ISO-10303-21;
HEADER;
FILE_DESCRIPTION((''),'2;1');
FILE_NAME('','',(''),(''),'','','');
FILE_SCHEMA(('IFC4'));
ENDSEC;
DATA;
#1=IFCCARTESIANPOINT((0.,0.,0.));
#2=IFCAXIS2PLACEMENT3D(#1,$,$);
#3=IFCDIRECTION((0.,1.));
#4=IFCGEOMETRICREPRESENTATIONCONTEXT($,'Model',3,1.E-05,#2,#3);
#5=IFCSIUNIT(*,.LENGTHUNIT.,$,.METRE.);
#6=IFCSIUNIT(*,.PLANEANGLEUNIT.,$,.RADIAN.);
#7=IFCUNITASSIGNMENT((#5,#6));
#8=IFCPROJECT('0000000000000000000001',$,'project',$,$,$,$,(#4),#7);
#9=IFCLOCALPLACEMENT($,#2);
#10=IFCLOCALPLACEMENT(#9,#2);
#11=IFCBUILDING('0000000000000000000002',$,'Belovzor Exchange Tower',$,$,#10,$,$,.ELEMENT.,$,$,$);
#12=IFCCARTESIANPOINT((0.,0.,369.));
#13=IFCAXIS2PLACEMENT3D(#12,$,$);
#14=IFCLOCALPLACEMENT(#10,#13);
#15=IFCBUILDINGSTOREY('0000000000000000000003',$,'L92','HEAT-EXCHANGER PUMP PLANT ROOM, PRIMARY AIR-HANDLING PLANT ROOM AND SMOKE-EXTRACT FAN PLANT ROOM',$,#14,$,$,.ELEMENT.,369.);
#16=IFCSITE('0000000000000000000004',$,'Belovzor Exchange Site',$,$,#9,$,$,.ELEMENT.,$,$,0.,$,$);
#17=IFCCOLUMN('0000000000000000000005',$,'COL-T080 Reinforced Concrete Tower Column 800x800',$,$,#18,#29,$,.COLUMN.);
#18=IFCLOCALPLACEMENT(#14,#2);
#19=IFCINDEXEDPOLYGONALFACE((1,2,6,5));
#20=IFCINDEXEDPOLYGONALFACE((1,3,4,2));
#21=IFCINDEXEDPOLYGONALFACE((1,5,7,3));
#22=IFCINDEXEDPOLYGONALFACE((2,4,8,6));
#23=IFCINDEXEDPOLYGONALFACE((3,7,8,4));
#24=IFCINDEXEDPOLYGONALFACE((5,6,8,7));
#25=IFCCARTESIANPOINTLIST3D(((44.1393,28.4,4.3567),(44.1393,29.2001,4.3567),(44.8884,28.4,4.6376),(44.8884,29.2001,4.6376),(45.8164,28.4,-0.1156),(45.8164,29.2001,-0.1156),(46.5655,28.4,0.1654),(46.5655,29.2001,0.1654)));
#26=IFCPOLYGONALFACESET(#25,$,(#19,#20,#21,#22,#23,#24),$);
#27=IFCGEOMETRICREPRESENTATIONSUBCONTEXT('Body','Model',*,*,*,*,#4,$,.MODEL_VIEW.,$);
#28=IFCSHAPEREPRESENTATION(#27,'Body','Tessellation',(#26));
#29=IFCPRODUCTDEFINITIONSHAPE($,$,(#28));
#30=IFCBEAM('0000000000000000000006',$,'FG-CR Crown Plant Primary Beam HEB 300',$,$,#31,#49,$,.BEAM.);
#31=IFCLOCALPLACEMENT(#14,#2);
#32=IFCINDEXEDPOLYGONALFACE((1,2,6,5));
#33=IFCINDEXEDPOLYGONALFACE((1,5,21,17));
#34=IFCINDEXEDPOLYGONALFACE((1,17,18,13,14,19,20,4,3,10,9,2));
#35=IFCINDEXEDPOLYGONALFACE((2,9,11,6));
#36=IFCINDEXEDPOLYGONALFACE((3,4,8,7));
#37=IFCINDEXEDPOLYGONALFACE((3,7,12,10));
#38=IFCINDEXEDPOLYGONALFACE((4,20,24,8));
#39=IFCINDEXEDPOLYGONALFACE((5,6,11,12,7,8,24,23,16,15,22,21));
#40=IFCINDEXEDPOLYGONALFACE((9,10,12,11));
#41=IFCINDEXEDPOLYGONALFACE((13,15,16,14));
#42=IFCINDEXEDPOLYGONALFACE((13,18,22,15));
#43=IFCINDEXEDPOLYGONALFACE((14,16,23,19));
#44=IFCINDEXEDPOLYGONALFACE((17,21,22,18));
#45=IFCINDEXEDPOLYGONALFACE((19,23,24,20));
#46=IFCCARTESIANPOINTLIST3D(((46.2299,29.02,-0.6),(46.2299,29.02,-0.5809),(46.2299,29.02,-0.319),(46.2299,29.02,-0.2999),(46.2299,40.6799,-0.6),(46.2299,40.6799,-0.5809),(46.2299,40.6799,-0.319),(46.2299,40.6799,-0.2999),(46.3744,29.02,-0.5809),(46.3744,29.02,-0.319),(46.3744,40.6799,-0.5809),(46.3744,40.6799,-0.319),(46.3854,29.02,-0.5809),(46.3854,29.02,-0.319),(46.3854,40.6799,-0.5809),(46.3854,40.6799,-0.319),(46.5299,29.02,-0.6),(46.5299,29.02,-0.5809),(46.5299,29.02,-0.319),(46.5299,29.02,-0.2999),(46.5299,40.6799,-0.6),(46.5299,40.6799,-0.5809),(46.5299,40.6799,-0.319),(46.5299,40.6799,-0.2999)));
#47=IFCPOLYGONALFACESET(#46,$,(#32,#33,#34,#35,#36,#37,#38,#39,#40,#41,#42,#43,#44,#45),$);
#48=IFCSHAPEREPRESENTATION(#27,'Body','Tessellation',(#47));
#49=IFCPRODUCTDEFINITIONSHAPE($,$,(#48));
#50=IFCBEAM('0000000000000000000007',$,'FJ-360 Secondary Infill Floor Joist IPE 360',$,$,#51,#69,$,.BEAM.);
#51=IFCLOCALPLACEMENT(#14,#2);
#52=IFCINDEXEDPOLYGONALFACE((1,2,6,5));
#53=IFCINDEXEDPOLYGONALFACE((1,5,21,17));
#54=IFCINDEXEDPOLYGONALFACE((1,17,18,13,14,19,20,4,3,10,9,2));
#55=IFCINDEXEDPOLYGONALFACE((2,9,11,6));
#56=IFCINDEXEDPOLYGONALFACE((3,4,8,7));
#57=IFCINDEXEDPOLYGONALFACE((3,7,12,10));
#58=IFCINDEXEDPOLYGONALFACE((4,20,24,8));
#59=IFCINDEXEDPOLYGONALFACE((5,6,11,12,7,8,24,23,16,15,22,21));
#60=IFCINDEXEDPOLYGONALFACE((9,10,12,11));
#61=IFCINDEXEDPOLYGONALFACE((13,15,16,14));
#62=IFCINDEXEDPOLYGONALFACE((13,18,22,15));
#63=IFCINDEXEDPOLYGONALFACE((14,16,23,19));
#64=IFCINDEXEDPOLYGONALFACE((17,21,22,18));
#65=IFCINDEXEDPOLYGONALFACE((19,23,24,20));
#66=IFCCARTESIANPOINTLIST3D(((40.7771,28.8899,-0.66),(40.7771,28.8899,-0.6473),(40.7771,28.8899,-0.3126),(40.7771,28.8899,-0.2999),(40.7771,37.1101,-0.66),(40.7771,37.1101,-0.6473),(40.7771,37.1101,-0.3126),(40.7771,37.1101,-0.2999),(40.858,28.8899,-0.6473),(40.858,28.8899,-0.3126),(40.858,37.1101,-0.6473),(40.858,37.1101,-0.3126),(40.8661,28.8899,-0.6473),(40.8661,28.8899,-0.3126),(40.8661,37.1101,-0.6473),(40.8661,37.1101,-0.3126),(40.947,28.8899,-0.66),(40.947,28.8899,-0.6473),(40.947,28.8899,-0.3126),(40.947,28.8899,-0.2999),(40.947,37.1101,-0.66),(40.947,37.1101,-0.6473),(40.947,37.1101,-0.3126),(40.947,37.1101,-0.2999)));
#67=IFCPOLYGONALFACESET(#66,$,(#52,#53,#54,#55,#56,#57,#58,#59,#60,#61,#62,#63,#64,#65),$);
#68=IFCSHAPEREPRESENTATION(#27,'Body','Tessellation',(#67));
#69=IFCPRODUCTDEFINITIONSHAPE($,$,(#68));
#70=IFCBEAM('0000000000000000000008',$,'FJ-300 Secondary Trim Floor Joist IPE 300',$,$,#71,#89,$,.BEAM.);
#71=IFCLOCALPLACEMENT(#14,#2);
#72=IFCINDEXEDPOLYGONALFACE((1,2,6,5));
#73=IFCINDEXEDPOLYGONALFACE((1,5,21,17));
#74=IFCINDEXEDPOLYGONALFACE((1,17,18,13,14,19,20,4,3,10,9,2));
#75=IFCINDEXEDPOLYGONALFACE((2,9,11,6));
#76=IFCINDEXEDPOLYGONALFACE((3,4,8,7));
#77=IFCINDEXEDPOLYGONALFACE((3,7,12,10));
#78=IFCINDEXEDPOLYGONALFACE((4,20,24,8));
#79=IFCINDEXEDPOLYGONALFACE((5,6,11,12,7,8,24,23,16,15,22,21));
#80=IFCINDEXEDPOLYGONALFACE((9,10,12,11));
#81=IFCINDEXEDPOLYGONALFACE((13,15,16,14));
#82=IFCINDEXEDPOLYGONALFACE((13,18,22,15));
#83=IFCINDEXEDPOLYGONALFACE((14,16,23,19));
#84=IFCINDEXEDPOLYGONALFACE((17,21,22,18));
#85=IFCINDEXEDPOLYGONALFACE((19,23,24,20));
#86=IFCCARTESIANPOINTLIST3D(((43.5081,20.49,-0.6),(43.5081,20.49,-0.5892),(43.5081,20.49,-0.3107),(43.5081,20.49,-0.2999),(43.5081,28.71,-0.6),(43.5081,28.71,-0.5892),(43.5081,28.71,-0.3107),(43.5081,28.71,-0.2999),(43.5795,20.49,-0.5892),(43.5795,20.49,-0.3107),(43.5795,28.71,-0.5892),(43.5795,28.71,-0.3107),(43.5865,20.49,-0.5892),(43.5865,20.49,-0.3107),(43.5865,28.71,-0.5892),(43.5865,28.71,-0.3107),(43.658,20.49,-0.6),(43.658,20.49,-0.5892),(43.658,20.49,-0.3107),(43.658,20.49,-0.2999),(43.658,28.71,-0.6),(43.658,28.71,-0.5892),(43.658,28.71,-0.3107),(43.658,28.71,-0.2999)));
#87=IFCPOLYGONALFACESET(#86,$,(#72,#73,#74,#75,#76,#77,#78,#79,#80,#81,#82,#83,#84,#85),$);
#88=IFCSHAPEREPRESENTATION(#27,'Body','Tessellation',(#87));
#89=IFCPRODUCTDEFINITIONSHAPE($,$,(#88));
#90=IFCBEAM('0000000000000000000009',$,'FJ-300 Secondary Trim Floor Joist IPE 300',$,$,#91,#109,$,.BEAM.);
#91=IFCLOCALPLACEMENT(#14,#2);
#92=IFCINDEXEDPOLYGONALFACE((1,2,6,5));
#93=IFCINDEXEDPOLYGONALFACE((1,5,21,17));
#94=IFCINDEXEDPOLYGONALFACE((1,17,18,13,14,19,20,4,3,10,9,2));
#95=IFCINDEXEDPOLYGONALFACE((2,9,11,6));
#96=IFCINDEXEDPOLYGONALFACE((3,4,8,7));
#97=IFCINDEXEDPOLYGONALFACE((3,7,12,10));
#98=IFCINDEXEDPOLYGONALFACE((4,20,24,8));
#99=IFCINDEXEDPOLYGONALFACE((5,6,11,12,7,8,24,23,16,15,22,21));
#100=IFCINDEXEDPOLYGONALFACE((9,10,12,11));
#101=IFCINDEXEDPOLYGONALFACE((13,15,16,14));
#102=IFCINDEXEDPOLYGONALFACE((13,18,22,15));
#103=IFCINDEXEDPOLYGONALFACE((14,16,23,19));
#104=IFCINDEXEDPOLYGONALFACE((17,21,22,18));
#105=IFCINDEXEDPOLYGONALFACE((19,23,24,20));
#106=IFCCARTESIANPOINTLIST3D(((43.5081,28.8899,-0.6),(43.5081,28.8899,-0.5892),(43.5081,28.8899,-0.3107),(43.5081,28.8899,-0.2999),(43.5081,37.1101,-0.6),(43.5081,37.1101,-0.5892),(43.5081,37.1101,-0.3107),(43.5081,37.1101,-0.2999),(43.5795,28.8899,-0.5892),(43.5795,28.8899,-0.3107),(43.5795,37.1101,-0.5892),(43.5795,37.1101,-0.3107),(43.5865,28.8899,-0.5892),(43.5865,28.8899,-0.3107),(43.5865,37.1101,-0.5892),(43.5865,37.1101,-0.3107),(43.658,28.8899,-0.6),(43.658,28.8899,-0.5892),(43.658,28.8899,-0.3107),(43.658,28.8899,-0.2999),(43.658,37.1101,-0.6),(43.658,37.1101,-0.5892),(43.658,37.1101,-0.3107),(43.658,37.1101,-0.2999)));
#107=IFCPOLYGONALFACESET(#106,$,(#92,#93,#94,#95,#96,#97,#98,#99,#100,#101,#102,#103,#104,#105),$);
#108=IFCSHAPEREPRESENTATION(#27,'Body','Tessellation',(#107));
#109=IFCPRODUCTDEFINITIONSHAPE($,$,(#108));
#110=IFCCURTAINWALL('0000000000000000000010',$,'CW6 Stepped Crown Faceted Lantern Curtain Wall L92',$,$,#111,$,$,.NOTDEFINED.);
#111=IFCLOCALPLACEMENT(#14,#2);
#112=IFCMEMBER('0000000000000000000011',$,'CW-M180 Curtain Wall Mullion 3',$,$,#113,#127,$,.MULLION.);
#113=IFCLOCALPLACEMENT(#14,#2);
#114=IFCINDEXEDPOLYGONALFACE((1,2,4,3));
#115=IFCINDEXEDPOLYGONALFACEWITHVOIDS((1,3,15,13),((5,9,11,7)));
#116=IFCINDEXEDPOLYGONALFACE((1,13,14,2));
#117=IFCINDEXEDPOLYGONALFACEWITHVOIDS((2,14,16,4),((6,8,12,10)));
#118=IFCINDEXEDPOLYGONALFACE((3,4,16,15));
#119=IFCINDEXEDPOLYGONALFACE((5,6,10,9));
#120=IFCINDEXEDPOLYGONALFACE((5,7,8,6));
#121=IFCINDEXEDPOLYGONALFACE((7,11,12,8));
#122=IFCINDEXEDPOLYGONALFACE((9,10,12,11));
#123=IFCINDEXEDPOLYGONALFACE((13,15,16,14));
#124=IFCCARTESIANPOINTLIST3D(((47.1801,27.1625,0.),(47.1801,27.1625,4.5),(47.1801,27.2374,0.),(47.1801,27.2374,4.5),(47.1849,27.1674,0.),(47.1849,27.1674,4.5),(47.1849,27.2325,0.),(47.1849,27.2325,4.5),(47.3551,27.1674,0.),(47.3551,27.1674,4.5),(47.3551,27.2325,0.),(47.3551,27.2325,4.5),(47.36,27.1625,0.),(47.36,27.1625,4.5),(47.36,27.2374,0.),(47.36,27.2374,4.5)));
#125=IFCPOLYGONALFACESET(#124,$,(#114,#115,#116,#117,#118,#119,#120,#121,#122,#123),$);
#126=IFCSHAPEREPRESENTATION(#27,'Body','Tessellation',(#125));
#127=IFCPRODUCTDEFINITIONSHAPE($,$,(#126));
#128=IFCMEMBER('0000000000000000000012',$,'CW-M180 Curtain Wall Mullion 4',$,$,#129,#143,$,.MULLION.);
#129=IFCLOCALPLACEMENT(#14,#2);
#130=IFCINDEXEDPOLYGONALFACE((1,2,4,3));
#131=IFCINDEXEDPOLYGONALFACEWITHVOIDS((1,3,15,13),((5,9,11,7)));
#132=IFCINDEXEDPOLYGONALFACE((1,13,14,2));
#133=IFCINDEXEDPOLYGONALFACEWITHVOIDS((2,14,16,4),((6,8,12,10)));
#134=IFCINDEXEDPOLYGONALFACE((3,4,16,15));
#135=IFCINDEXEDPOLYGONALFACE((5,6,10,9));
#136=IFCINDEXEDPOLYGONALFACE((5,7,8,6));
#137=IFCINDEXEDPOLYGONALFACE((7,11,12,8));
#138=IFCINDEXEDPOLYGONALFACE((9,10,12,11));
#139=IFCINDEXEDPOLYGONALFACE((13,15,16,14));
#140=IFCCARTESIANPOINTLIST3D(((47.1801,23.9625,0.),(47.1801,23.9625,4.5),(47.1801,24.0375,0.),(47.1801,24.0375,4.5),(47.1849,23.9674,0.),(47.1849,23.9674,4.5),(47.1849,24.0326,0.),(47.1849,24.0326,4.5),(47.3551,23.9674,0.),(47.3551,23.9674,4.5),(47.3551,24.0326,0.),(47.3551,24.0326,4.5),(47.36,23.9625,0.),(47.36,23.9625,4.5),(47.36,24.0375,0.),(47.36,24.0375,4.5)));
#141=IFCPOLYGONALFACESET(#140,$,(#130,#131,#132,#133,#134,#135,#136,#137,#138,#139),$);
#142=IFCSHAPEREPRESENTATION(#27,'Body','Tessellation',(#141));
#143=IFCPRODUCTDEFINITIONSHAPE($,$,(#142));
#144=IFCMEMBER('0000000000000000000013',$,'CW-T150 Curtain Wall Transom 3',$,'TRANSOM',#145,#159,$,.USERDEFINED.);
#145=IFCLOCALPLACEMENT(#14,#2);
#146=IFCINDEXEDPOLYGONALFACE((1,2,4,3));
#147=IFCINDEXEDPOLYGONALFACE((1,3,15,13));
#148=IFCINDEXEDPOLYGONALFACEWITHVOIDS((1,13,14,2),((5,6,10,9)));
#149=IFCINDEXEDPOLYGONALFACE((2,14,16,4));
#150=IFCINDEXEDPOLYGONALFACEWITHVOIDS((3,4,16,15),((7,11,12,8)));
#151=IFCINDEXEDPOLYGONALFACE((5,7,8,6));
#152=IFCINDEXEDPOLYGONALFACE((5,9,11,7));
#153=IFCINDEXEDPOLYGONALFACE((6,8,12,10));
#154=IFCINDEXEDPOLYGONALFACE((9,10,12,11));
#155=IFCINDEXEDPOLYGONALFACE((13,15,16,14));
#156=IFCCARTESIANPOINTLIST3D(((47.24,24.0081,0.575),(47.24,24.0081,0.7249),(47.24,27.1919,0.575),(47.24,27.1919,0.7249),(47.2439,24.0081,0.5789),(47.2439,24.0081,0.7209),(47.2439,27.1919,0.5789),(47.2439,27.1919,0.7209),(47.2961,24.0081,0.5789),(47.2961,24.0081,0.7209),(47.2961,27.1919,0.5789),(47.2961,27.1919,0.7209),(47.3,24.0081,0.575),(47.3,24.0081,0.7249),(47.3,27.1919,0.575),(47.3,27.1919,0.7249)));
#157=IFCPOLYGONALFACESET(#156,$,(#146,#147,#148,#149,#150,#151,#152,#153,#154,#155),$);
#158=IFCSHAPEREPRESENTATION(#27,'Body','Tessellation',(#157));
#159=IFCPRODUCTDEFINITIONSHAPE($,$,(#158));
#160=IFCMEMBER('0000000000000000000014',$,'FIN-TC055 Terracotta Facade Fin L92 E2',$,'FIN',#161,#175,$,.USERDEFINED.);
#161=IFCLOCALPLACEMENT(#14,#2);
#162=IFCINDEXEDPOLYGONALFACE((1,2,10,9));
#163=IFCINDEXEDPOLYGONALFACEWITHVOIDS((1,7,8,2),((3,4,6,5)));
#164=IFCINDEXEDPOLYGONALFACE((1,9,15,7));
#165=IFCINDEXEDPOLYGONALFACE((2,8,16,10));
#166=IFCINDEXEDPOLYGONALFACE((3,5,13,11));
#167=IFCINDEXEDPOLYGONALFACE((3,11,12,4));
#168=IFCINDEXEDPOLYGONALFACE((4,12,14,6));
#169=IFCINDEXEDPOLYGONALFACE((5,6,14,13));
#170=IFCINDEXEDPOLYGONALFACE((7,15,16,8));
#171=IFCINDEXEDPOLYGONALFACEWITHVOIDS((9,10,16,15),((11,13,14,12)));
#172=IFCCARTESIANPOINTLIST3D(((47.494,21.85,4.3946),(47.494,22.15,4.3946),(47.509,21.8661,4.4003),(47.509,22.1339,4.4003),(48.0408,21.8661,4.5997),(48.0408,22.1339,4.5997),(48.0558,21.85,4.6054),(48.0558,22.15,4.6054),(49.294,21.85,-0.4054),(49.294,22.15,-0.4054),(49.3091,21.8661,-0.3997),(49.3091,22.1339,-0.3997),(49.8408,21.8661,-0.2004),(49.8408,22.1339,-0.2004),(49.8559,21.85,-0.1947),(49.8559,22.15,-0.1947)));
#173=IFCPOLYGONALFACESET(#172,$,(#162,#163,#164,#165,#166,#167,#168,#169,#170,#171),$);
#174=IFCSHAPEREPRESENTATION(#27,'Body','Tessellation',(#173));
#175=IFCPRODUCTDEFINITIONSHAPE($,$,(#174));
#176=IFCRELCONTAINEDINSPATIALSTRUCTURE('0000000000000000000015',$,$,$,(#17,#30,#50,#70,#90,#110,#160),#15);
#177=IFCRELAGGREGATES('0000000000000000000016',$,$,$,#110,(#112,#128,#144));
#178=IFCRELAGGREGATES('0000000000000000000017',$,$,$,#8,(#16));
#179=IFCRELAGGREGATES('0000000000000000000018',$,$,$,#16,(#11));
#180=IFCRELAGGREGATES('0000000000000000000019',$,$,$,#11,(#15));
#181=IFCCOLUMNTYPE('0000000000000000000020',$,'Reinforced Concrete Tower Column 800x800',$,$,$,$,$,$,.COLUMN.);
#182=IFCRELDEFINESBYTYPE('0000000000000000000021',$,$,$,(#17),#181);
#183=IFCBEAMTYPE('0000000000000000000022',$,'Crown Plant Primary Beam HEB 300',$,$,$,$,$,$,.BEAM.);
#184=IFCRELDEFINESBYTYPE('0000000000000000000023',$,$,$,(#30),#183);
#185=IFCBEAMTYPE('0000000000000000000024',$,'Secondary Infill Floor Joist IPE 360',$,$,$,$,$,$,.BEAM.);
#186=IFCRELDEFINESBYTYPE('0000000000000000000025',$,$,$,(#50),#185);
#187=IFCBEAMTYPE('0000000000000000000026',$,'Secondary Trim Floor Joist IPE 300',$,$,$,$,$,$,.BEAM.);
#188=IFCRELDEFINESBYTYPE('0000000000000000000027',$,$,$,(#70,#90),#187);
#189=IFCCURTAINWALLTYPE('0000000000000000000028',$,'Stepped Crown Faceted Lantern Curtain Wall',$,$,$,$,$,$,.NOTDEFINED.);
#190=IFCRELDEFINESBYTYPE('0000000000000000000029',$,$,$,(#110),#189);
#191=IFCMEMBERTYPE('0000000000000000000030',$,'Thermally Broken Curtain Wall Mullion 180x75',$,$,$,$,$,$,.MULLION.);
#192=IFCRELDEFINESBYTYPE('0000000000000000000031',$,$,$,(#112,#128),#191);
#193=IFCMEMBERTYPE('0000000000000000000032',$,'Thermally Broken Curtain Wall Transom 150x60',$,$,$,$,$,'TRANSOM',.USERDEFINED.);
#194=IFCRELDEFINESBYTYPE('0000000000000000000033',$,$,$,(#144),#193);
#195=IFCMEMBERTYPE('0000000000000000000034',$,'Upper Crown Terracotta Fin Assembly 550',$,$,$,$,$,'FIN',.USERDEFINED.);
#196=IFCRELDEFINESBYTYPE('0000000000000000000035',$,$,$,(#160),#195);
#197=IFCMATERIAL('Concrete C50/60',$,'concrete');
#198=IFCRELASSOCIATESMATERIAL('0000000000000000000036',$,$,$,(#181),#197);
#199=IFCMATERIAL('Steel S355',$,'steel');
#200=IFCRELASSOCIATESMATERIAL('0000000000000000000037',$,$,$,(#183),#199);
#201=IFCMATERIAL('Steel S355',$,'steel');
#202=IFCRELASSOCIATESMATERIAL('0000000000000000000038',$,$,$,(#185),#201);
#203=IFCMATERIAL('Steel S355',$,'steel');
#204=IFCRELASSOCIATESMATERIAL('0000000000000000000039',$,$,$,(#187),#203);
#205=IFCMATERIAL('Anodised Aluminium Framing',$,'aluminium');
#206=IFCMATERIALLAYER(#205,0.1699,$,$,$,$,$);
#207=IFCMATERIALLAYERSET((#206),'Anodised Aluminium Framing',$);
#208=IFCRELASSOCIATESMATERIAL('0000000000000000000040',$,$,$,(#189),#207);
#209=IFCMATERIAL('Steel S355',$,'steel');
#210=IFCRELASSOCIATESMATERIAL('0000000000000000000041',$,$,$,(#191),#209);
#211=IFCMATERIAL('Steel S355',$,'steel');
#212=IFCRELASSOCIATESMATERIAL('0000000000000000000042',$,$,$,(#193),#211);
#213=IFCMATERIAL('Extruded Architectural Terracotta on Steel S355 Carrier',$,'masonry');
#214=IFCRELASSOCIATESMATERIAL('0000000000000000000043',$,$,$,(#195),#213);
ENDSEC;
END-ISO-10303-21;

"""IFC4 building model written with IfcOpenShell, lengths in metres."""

from ifc_helpers import new_model, si_unit, direction, frame, origin, origin_2d, place, context, subcontext, project, spatial, rectangle, hollow_rectangle, i_section, extrude, material, layer, layer_set, material_profile, profile_set, type_object, element, aggregate, save


model = new_model("IFC4")

# Units and contexts
model_context = context("Model", 3, precision=1e-05, world=origin(), true_north=direction((0.0, 1.0)))
body_context = subcontext(model_context, "Body", "Model", "MODEL_VIEW")
ifc_project = project(units=[si_unit("LENGTHUNIT", "METRE"), si_unit("PLANEANGLEUNIT", "RADIAN")], contexts=[model_context])

# Site, building, storey
site_placement = place(None, origin())
site = spatial("IfcSite", under=ifc_project, at=site_placement, Name="Belovzor Exchange Site", CompositionType="ELEMENT", RefElevation=0.0)
building_placement = place(site_placement, origin())
building = spatial("IfcBuilding", under=site, at=building_placement, Name="Belovzor Exchange Tower", CompositionType="ELEMENT")
storey_placement = place(building_placement, frame((0.0, 0.0, 369.0)))
storey = spatial("IfcBuildingStorey", under=building, at=storey_placement, Name="L92", Description="HEAT-EXCHANGER PUMP PLANT ROOM, PRIMARY AIR-HANDLING PLANT ROOM AND SMOKE-EXTRACT FAN PLANT ROOM", CompositionType="ELEMENT", Elevation=369.0)

# Column
ifc_material_1 = material(Name="Concrete C50/60", Category="concrete")
ifc_material_profile_1 = material_profile(ifc_material_1, rectangle(XDim=0.8, YDim=0.8, at=origin_2d()))
ifc_profile_set_1 = profile_set([ifc_material_profile_1], Name="Concrete C50/60")
column_type = type_object("IfcColumnType", Name="Reinforced Concrete Tower Column 800x800", PredefinedType="COLUMN", material=ifc_profile_set_1)
column_placement = place(storey_placement, frame((46.1909, 28.8, 0.0249), z_axis=(-0.351112, 0.0, 0.936333), x_axis=(0.0, -1.0, 0.0)))
element("IfcColumn", 1, at=column_placement, inside=storey, type_object=column_type, Name="COL-T080 Reinforced Concrete Tower Column 800x800", PredefinedType="COLUMN", context=body_context, shape_type="SweptSolid", body=[
    extrude(rectangle(XDim=0.8, YDim=0.8, at=origin_2d()), origin(), (0.0, 0.0, 1.0), 4.7764),
])

# Beams
ifc_material_2 = material(Name="Steel S355", Category="steel")
ifc_material_profile_2 = material_profile(ifc_material_2, i_section(OverallWidth=0.3, OverallDepth=0.3, WebThickness=0.011, FlangeThickness=0.019, at=origin_2d()))
ifc_profile_set_2 = profile_set([ifc_material_profile_2], Name="Steel S355")
beam_type_1 = type_object("IfcBeamType", Name="Crown Plant Primary Beam HEB 300", PredefinedType="BEAM", material=ifc_profile_set_2)
beam_1_placement = place(storey_placement, frame((46.3799, 29.02, -0.45), z_axis=(0.0, 1.0, 0.0), x_axis=(-1.0, 0.0, 0.0)))
element("IfcBeam", 2, at=beam_1_placement, inside=storey, type_object=beam_type_1, Name="FG-CR Crown Plant Primary Beam HEB 300", PredefinedType="BEAM", context=body_context, shape_type="SweptSolid", body=[
    extrude(i_section(OverallWidth=0.3, OverallDepth=0.3, WebThickness=0.011, FlangeThickness=0.019, at=origin_2d()), origin(), (0.0, 0.0, 1.0), 11.6599),
])
ifc_material_3 = material(Name="Steel S355", Category="steel")
ifc_material_profile_3 = material_profile(ifc_material_3, i_section(OverallWidth=0.1699, OverallDepth=0.3601, WebThickness=0.0081, FlangeThickness=0.0127, at=origin_2d()))
ifc_profile_set_3 = profile_set([ifc_material_profile_3], Name="Steel S355")
beam_type_2 = type_object("IfcBeamType", Name="Secondary Infill Floor Joist IPE 360", PredefinedType="BEAM", material=ifc_profile_set_3)
beam_2_placement = place(storey_placement, frame((40.8621, 28.8899, -0.48), z_axis=(0.0, 1.0, 0.0), x_axis=(-1.0, 0.0, 0.0)))
element("IfcBeam", 3, at=beam_2_placement, inside=storey, type_object=beam_type_2, Name="FJ-360 Secondary Infill Floor Joist IPE 360", PredefinedType="BEAM", context=body_context, shape_type="SweptSolid", body=[
    extrude(i_section(OverallWidth=0.1699, OverallDepth=0.3601, WebThickness=0.0081, FlangeThickness=0.0127, at=origin_2d()), origin(), (0.0, 0.0, 1.0), 8.2202),
])
ifc_material_4 = material(Name="Steel S355", Category="steel")
ifc_material_profile_4 = material_profile(ifc_material_4, i_section(OverallWidth=0.1499, OverallDepth=0.3, WebThickness=0.0071, FlangeThickness=0.0107, at=origin_2d()))
ifc_profile_set_4 = profile_set([ifc_material_profile_4], Name="Steel S355")
beam_type_3 = type_object("IfcBeamType", Name="Secondary Trim Floor Joist IPE 300", PredefinedType="BEAM", material=ifc_profile_set_4)
beam_3_placement = place(storey_placement, frame((43.583, 20.49, -0.45), z_axis=(0.0, 1.0, 0.0), x_axis=(-1.0, 0.0, 0.0)))
element("IfcBeam", 4, at=beam_3_placement, inside=storey, type_object=beam_type_3, Name="FJ-300 Secondary Trim Floor Joist IPE 300", PredefinedType="BEAM", context=body_context, shape_type="SweptSolid", body=[
    extrude(i_section(OverallWidth=0.1499, OverallDepth=0.3, WebThickness=0.0071, FlangeThickness=0.0107, at=origin_2d()), origin(), (0.0, 0.0, 1.0), 8.22),
])
beam_4_placement = place(storey_placement, frame((43.583, 28.8899, -0.45), z_axis=(0.0, 1.0, 0.0), x_axis=(-1.0, 0.0, 0.0)))
element("IfcBeam", 5, at=beam_4_placement, inside=storey, type_object=beam_type_3, Name="FJ-300 Secondary Trim Floor Joist IPE 300", PredefinedType="BEAM", context=body_context, shape_type="SweptSolid", body=[
    extrude(i_section(OverallWidth=0.1499, OverallDepth=0.3, WebThickness=0.0071, FlangeThickness=0.0107, at=origin_2d()), origin(), (0.0, 0.0, 1.0), 8.2202),
])

# Curtain wall, members
ifc_material_5 = material(Name="Anodised Aluminium Framing", Category="aluminium")
ifc_layer_1 = layer(ifc_material_5, 0.1699)
ifc_layer_set_1 = layer_set([ifc_layer_1], Name="Anodised Aluminium Framing")
curtain_wall_type = type_object("IfcCurtainWallType", Name="Stepped Crown Faceted Lantern Curtain Wall", PredefinedType="NOTDEFINED", material=ifc_layer_set_1)
curtain_wall_placement = place(storey_placement, origin())
curtain_wall = element("IfcCurtainWall", 6, at=curtain_wall_placement, inside=storey, type_object=curtain_wall_type, Name="CW6 Stepped Crown Faceted Lantern Curtain Wall L92", PredefinedType="NOTDEFINED")
ifc_material_6 = material(Name="Steel S355", Category="steel")
ifc_material_profile_5 = material_profile(ifc_material_6, hollow_rectangle(XDim=0.075, YDim=0.1799, WallThickness=0.0049, at=origin_2d()))
ifc_profile_set_5 = profile_set([ifc_material_profile_5], Name="Steel S355")
member_type_1 = type_object("IfcMemberType", Name="Thermally Broken Curtain Wall Mullion 180x75", PredefinedType="MULLION", material=ifc_profile_set_5)
member_1_placement = place(storey_placement, frame((47.27, 27.2, 0.0), z_axis=(0.0, 0.0, 1.0), x_axis=(0.0, -1.0, 0.0)))
member_1 = element("IfcMember", 7, at=member_1_placement, type_object=member_type_1, Name="CW-M180 Curtain Wall Mullion 3", PredefinedType="MULLION", context=body_context, shape_type="SweptSolid", body=[
    extrude(hollow_rectangle(XDim=0.075, YDim=0.1799, WallThickness=0.0049, at=origin_2d()), origin(), (0.0, 0.0, 1.0), 4.5),
])
member_2_placement = place(storey_placement, frame((47.27, 24.0, 0.0), z_axis=(0.0, 0.0, 1.0), x_axis=(0.0, -1.0, 0.0)))
member_2 = element("IfcMember", 8, at=member_2_placement, type_object=member_type_1, Name="CW-M180 Curtain Wall Mullion 4", PredefinedType="MULLION", context=body_context, shape_type="SweptSolid", body=[
    extrude(hollow_rectangle(XDim=0.075, YDim=0.1799, WallThickness=0.0049, at=origin_2d()), origin(), (0.0, 0.0, 1.0), 4.5),
])
ifc_material_7 = material(Name="Steel S355", Category="steel")
ifc_material_profile_6 = material_profile(ifc_material_7, hollow_rectangle(XDim=0.0601, YDim=0.1499, WallThickness=0.0039, at=origin_2d()))
ifc_profile_set_6 = profile_set([ifc_material_profile_6], Name="Steel S355")
member_type_2 = type_object("IfcMemberType", Name="Thermally Broken Curtain Wall Transom 150x60", ElementType="TRANSOM", PredefinedType="USERDEFINED", material=ifc_profile_set_6)
member_3_placement = place(storey_placement, frame((47.27, 27.1919, 0.6499), z_axis=(0.0, -1.0, 0.0), x_axis=(1.0, 0.0, 0.0)))
member_3 = element("IfcMember", 9, at=member_3_placement, type_object=member_type_2, Name="CW-T150 Curtain Wall Transom 3", ObjectType="TRANSOM", PredefinedType="USERDEFINED", context=body_context, shape_type="SweptSolid", body=[
    extrude(hollow_rectangle(XDim=0.0601, YDim=0.1499, WallThickness=0.0039, at=origin_2d()), origin(), (0.0, 0.0, 1.0), 3.1838),
])

# Member
ifc_material_8 = material(Name="Extruded Architectural Terracotta on Steel S355 Carrier", Category="masonry")
ifc_material_profile_7 = material_profile(ifc_material_8, hollow_rectangle(XDim=0.3, YDim=0.6001, WallThickness=0.0161, at=origin_2d()))
ifc_profile_set_7 = profile_set([ifc_material_profile_7], Name="Extruded Architectural Terracotta on Steel S355 Carrier")
member_type_3 = type_object("IfcMemberType", Name="Upper Crown Terracotta Fin Assembly 550", ElementType="FIN", PredefinedType="USERDEFINED", material=ifc_profile_set_7)
member_4_placement = place(storey_placement, frame((49.575, 22.0, -0.3), z_axis=(-0.351129, 0.0, 0.936327), x_axis=(0.0, -1.0, 0.0)))
element("IfcMember", 10, at=member_4_placement, inside=storey, type_object=member_type_3, Name="FIN-TC055 Terracotta Facade Fin L92 E2", ObjectType="FIN", PredefinedType="USERDEFINED", context=body_context, shape_type="SweptSolid", body=[
    extrude(hollow_rectangle(XDim=0.3, YDim=0.6001, WallThickness=0.0161, at=origin_2d()), origin(), (0.0, 0.0, 1.0), 5.1265),
])

aggregate(curtain_wall, [member_1, member_2, member_3])

save(model, "model.ifc")
